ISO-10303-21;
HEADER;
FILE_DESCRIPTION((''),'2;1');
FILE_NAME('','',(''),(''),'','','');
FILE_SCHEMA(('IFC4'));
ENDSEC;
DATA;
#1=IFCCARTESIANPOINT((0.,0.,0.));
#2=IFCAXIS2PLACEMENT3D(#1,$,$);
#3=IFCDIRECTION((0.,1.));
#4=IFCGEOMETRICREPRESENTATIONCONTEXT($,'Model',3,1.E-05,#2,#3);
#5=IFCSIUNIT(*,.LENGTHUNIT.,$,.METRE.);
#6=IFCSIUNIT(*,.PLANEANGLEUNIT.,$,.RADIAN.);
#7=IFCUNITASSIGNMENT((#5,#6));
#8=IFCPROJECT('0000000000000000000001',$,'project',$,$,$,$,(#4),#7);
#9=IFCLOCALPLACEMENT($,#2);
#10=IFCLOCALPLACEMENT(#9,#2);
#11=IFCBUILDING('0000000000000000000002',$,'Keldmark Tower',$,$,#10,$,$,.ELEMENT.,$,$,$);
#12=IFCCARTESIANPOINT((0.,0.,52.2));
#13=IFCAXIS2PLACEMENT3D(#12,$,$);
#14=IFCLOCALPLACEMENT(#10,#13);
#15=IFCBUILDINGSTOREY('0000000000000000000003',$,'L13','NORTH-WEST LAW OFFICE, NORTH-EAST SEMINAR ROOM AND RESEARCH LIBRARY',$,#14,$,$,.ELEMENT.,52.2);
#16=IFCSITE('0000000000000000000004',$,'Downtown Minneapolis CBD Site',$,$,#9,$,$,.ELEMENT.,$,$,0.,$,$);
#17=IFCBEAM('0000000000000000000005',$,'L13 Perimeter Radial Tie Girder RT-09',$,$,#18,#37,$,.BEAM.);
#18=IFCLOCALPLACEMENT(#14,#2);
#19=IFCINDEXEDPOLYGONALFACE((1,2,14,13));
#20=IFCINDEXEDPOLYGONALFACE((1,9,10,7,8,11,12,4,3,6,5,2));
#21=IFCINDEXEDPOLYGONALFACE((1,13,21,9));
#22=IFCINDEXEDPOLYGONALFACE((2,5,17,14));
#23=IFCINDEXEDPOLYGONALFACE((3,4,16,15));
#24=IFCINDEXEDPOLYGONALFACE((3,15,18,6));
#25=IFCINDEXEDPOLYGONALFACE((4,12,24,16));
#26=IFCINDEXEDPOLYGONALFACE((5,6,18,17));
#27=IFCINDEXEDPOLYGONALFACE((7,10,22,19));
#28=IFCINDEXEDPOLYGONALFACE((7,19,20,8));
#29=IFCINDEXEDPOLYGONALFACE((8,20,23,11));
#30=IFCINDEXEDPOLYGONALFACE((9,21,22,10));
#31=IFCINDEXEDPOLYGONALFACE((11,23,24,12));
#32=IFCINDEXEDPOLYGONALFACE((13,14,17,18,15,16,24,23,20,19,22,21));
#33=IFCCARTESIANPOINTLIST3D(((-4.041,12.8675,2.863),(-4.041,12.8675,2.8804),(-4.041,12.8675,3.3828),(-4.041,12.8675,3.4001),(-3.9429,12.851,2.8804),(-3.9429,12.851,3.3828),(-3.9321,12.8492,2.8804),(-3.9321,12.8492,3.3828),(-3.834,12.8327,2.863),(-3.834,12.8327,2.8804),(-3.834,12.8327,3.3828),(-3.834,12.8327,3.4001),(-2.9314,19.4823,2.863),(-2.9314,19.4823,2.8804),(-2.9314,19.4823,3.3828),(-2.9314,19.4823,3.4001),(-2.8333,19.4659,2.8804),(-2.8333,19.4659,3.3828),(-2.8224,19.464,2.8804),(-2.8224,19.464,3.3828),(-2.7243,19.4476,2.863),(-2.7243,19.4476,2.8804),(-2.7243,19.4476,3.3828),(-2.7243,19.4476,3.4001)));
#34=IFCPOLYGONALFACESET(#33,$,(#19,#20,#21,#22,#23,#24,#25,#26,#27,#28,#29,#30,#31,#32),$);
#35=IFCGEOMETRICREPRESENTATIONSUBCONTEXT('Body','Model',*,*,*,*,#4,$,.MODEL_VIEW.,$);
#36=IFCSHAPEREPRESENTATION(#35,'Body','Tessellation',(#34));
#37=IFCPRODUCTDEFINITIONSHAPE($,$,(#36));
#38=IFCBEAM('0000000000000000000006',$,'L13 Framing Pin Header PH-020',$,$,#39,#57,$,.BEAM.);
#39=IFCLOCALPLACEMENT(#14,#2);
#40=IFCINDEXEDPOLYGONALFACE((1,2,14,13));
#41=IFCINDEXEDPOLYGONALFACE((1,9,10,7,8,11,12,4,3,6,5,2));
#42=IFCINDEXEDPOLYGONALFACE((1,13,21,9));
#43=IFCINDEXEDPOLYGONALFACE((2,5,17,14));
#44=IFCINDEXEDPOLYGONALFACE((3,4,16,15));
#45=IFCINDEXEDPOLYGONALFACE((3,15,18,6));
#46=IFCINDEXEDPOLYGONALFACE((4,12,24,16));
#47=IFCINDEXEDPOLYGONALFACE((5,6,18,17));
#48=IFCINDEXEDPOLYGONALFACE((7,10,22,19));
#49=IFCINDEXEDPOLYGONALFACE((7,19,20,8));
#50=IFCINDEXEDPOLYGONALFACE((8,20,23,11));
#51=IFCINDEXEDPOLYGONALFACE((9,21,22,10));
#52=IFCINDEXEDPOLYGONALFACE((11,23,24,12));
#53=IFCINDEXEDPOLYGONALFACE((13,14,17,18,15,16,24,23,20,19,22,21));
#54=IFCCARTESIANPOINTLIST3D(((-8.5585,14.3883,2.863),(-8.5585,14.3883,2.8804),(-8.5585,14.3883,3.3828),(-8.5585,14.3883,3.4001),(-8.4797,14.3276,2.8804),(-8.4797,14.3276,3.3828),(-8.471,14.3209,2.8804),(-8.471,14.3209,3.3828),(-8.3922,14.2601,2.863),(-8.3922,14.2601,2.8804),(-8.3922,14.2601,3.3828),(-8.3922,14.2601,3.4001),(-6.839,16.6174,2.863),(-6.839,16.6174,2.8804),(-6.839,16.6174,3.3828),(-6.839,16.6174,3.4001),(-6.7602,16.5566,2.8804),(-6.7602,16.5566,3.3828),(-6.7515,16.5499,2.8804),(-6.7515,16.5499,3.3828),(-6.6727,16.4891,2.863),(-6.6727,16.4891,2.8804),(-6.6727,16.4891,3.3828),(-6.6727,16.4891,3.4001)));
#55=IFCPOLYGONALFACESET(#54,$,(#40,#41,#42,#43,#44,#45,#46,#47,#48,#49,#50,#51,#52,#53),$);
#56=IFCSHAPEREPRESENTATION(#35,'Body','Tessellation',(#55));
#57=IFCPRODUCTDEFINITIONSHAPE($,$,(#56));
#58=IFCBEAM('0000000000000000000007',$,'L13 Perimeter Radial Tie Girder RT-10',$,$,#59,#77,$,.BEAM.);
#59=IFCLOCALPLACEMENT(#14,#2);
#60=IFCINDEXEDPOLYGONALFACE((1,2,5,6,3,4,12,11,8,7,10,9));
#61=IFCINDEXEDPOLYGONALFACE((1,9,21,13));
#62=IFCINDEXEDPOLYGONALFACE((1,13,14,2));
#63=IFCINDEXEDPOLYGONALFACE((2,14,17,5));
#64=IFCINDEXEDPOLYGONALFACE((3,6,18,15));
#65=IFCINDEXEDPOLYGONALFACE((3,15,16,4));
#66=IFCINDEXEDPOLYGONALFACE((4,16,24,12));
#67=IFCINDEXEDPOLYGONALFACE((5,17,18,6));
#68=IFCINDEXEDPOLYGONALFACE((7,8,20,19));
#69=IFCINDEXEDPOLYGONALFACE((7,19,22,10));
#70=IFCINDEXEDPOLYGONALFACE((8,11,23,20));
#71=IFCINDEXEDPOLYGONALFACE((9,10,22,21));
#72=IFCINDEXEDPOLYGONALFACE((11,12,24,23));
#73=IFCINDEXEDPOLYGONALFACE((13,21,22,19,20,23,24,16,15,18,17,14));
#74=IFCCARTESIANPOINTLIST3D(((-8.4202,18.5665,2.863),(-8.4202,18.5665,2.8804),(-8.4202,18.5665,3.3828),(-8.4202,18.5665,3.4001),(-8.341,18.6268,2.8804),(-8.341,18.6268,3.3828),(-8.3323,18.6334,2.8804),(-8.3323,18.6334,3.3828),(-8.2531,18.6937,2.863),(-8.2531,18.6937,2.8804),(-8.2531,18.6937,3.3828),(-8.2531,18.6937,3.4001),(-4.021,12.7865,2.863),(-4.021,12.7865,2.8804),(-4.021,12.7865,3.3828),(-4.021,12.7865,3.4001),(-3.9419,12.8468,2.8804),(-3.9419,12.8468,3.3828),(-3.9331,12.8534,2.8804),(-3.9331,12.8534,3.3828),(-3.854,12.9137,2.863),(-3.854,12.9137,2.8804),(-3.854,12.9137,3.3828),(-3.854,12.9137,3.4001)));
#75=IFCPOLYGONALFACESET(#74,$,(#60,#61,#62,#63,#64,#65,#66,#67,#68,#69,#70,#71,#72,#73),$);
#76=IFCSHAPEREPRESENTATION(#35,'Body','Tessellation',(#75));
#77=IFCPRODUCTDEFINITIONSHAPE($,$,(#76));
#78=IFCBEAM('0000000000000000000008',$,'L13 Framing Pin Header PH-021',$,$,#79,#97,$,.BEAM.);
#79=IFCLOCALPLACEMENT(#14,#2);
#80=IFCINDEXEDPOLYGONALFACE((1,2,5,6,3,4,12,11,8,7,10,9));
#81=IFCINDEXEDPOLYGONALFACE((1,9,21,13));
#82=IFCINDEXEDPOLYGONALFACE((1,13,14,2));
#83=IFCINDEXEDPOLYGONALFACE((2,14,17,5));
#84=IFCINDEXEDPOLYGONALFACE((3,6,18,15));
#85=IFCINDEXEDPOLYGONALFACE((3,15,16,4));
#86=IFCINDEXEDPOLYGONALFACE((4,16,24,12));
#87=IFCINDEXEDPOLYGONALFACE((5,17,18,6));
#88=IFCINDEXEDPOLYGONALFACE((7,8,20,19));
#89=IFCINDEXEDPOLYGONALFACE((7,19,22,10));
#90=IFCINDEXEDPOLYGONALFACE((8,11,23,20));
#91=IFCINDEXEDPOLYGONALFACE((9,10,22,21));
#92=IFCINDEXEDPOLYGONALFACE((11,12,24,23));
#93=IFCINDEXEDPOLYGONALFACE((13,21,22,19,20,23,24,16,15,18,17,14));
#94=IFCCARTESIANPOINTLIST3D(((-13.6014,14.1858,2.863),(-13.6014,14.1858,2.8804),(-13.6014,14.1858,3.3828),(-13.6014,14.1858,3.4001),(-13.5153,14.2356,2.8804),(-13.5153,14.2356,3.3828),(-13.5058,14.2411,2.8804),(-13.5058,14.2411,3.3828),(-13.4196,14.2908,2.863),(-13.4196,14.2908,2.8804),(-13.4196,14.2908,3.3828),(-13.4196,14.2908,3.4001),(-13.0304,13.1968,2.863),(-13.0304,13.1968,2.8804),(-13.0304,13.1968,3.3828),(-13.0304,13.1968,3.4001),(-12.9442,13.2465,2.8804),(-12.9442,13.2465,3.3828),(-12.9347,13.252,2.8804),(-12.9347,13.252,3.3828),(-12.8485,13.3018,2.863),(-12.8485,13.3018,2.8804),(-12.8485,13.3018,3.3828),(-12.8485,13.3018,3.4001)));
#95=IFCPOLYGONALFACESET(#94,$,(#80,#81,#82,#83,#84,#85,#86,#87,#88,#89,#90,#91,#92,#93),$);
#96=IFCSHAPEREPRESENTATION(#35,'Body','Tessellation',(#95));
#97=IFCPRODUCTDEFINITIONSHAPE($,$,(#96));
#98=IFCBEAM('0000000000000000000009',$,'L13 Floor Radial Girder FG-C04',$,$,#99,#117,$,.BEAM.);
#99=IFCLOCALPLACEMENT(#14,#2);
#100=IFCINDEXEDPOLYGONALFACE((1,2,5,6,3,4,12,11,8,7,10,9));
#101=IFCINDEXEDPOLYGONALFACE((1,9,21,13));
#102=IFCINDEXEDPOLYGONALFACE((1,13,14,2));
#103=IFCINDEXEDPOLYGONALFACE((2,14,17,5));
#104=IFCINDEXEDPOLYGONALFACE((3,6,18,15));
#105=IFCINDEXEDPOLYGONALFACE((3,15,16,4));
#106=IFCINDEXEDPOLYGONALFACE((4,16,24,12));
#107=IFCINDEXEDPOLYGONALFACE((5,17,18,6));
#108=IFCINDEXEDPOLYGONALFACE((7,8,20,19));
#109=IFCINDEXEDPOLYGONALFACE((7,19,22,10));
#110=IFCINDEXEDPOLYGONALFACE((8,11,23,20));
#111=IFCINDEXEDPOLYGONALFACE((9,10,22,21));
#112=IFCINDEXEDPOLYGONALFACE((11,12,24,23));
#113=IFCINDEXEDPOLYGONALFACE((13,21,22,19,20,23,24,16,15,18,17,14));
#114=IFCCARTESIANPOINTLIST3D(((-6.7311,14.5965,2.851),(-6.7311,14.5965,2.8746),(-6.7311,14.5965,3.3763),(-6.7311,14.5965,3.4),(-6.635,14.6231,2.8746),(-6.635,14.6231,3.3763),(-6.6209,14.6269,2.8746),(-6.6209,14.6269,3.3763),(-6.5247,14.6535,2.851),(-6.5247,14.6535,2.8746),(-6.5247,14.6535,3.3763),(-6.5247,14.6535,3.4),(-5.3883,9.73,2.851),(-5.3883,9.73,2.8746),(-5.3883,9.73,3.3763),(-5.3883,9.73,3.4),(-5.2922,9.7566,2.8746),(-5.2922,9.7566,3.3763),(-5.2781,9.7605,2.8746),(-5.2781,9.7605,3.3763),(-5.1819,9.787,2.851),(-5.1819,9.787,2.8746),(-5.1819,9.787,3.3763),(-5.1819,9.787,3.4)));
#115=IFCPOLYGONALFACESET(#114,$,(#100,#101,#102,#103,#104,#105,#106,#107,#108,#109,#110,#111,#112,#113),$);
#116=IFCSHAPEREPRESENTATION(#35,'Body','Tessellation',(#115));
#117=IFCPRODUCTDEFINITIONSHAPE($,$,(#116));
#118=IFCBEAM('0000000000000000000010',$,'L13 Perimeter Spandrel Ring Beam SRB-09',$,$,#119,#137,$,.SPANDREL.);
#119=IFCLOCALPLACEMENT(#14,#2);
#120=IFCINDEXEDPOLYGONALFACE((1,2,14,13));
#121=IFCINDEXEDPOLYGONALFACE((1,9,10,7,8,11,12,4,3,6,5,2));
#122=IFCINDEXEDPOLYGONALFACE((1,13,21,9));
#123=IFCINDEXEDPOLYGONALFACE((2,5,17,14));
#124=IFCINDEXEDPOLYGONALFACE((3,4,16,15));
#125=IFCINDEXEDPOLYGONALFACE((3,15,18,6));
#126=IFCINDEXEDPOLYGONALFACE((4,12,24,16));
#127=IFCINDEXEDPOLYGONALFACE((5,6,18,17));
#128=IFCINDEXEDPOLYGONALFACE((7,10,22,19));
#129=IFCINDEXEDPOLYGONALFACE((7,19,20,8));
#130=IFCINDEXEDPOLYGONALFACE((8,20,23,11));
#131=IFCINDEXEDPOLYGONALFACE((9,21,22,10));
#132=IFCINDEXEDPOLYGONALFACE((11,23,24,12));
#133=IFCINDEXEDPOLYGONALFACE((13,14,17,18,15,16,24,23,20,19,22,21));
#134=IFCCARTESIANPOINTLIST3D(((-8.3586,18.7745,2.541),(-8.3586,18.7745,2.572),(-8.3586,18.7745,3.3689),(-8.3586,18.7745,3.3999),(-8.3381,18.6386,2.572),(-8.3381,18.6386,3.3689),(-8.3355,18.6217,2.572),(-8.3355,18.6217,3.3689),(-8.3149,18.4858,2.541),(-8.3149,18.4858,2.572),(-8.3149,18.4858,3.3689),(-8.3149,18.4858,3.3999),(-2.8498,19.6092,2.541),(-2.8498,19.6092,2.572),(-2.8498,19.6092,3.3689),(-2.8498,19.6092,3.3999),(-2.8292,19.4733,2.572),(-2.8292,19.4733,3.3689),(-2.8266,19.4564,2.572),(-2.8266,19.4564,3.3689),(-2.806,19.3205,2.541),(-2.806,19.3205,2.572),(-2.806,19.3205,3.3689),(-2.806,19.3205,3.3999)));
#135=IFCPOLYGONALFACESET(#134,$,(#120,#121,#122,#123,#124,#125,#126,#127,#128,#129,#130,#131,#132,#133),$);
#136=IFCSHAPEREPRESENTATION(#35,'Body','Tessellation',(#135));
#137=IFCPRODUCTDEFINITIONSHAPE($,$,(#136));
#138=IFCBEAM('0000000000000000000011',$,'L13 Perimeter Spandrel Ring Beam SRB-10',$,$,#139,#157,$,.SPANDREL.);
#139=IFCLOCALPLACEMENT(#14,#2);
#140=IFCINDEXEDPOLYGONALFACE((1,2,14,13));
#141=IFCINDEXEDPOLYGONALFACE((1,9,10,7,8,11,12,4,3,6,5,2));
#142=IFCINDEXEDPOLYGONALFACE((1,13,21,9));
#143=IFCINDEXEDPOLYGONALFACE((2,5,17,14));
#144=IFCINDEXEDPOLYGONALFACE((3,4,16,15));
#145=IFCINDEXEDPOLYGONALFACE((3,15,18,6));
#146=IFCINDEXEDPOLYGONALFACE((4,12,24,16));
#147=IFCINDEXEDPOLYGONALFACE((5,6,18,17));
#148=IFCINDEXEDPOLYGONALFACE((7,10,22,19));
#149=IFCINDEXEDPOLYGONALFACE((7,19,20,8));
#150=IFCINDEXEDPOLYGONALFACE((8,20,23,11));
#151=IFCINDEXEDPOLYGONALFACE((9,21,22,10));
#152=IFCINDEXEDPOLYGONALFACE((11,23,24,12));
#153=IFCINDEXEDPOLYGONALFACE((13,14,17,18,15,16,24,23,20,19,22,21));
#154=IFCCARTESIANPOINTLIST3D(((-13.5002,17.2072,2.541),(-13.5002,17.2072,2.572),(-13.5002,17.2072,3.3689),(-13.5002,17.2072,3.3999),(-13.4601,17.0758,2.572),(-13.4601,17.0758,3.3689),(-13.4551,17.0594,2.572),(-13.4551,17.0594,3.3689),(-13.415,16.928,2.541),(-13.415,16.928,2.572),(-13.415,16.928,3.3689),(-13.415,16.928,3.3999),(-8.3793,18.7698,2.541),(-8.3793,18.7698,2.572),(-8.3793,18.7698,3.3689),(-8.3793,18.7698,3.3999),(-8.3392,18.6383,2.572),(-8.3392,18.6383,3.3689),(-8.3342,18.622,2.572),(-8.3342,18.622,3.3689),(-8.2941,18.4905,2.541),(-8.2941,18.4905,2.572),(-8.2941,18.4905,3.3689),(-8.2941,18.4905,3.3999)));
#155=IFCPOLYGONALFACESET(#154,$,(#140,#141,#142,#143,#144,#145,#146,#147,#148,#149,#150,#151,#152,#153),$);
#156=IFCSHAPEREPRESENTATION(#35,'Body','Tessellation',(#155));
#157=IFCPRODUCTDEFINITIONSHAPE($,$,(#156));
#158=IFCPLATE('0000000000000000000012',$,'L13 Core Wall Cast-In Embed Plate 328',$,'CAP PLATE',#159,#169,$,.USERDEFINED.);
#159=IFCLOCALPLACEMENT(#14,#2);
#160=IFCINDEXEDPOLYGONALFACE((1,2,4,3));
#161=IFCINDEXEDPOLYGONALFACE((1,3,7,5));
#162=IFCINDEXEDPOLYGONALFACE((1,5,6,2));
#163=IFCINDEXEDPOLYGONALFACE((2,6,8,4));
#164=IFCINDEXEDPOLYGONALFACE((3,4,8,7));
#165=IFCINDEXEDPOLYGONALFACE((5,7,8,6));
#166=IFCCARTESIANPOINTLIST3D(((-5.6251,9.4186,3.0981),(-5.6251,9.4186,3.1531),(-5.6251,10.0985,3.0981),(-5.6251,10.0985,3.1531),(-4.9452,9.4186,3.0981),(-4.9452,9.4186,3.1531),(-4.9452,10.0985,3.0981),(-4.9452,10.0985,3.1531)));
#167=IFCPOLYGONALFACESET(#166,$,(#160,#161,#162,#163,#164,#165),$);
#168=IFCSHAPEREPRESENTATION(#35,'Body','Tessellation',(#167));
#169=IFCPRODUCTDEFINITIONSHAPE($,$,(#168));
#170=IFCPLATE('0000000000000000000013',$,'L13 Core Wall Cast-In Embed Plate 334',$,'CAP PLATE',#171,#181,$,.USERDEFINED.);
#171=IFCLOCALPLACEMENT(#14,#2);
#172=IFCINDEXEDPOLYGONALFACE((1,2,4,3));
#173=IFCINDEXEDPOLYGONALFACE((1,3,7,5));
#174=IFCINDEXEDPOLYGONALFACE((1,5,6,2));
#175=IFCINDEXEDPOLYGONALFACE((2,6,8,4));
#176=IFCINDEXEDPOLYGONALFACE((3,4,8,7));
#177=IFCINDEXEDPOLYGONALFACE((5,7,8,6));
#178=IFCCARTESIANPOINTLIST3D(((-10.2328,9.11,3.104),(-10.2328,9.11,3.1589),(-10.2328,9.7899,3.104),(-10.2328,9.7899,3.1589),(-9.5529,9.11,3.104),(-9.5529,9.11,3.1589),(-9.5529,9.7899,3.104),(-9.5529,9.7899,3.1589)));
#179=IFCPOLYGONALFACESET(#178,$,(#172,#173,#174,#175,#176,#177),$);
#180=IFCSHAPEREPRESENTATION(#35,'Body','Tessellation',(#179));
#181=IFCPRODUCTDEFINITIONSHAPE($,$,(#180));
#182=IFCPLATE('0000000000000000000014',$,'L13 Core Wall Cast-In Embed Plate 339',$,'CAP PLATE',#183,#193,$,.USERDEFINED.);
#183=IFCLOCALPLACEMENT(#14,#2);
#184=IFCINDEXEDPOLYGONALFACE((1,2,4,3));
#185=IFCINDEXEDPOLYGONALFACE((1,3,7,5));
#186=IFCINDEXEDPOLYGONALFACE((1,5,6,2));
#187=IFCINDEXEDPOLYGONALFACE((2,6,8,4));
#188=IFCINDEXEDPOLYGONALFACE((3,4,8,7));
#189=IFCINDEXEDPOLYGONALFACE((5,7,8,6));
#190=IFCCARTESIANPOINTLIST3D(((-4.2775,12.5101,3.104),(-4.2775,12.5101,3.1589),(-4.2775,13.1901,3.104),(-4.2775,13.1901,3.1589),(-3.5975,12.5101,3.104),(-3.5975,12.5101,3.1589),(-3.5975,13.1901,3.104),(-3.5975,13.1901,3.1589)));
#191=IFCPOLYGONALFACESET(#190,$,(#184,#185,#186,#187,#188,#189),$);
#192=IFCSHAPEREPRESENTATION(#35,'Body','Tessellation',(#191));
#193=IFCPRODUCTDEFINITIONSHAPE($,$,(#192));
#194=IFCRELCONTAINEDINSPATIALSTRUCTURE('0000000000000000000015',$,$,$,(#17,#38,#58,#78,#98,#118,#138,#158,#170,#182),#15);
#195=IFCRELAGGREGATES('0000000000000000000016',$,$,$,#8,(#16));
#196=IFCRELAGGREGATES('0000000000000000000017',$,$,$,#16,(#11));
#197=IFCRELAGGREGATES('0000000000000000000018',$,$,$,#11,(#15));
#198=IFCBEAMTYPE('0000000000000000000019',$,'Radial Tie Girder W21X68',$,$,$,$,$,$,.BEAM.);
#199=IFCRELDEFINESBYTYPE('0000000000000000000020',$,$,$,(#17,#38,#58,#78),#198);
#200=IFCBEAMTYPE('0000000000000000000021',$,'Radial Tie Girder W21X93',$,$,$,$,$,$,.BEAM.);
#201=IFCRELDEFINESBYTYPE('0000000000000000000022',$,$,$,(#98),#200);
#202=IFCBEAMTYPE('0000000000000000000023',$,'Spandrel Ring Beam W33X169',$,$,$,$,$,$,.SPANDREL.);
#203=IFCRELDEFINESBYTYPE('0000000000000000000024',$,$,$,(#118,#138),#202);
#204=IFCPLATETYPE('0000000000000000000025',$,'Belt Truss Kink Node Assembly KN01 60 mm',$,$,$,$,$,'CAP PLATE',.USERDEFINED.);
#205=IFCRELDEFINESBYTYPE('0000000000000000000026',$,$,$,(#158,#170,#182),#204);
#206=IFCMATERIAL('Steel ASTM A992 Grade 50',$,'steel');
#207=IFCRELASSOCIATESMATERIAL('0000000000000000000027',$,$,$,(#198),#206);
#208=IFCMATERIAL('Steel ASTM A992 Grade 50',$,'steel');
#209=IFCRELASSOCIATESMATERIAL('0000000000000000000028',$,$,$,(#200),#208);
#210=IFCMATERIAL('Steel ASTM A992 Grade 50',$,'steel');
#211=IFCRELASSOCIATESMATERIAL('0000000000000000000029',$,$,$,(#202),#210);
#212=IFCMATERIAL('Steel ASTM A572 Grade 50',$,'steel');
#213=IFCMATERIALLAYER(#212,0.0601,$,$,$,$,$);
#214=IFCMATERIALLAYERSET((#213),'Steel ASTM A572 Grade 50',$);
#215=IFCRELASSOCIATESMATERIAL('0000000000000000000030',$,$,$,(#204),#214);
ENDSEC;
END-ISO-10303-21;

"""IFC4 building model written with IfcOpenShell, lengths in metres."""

from ifc_helpers import new_model, si_unit, direction, frame, origin, origin_2d, place, context, subcontext, project, spatial, rectangle, i_section, extrude, material, layer, layer_set, material_profile, profile_set, type_object, element, save


model = new_model("IFC4")

# Units and contexts
model_context = context("Model", 3, precision=1e-05, world=origin(), true_north=direction((0.0, 1.0)))
body_context = subcontext(model_context, "Body", "Model", "MODEL_VIEW")
ifc_project = project(units=[si_unit("LENGTHUNIT", "METRE"), si_unit("PLANEANGLEUNIT", "RADIAN")], contexts=[model_context])

# Site, building, storey
site_placement = place(None, origin())
site = spatial("IfcSite", under=ifc_project, at=site_placement, Name="Downtown Minneapolis CBD Site", CompositionType="ELEMENT", RefElevation=0.0)
building_placement = place(site_placement, origin())
building = spatial("IfcBuilding", under=site, at=building_placement, Name="Keldmark Tower", CompositionType="ELEMENT")
storey_placement = place(building_placement, frame((0.0, 0.0, 52.2)))
storey = spatial("IfcBuildingStorey", under=building, at=storey_placement, Name="L13", Description="NORTH-WEST LAW OFFICE, NORTH-EAST SEMINAR ROOM AND RESEARCH LIBRARY", CompositionType="ELEMENT", Elevation=52.2)

# Beams
ifc_material_1 = material(Name="Steel ASTM A992 Grade 50", Category="steel")
ifc_material_profile_1 = material_profile(ifc_material_1, i_section(OverallWidth=0.21, OverallDepth=0.5371, WebThickness=0.011, FlangeThickness=0.0173, at=origin_2d()), Name="W21X68")
ifc_profile_set_1 = profile_set([ifc_material_profile_1], Name="Steel ASTM A992 Grade 50")
beam_type_1 = type_object("IfcBeamType", Name="Radial Tie Girder W21X68", PredefinedType="BEAM", material=ifc_profile_set_1)
beam_1_placement = place(storey_placement, frame((-3.9375, 12.8501, 3.1316), z_axis=(0.165438, 0.98622, 0.0), x_axis=(-0.98622, 0.165438, 0.0)))
element("IfcBeam", 1, at=beam_1_placement, inside=storey, type_object=beam_type_1, Name="L13 Perimeter Radial Tie Girder RT-09", PredefinedType="BEAM", context=body_context, shape_type="SweptSolid", body=[
    extrude(i_section(OverallWidth=0.21, OverallDepth=0.5371, WebThickness=0.011, FlangeThickness=0.0173, at=origin_2d()), origin(), (0.0, 0.0, 1.0), 6.7073),
])
beam_2_placement = place(storey_placement, frame((-8.4753, 14.3242, 3.1316), z_axis=(0.610796, 0.791788, 0.0), x_axis=(-0.791788, 0.610796, 0.0)))
element("IfcBeam", 2, at=beam_2_placement, inside=storey, type_object=beam_type_1, Name="L13 Framing Pin Header PH-020", PredefinedType="BEAM", context=body_context, shape_type="SweptSolid", body=[
    extrude(i_section(OverallWidth=0.21, OverallDepth=0.5371, WebThickness=0.011, FlangeThickness=0.0173, at=origin_2d()), origin(), (0.0, 0.0, 1.0), 2.8152),
])
beam_3_placement = place(storey_placement, frame((-3.9375, 12.8501, 3.1316), z_axis=(-0.605637, 0.795741, 0.0), x_axis=(-0.795741, -0.605637, 0.0)))
element("IfcBeam", 3, at=beam_3_placement, inside=storey, type_object=beam_type_1, Name="L13 Perimeter Radial Tie Girder RT-10", PredefinedType="BEAM", context=body_context, shape_type="SweptSolid", body=[
    extrude(i_section(OverallWidth=0.21, OverallDepth=0.5371, WebThickness=0.011, FlangeThickness=0.0173, at=origin_2d()), origin(), (0.0, 0.0, 1.0), 7.2637),
])
beam_4_placement = place(storey_placement, frame((-12.9395, 13.2493, 3.1316), z_axis=(-0.500025, 0.866011, 0.0), x_axis=(-0.866011, -0.500025, 0.0)))
element("IfcBeam", 4, at=beam_4_placement, inside=storey, type_object=beam_type_1, Name="L13 Framing Pin Header PH-021", PredefinedType="BEAM", context=body_context, shape_type="SweptSolid", body=[
    extrude(i_section(OverallWidth=0.21, OverallDepth=0.5371, WebThickness=0.011, FlangeThickness=0.0173, at=origin_2d()), origin(), (0.0, 0.0, 1.0), 1.1421),
])
ifc_material_2 = material(Name="Steel ASTM A992 Grade 50", Category="steel")
ifc_material_profile_2 = material_profile(ifc_material_2, i_section(OverallWidth=0.2141, OverallDepth=0.5491, WebThickness=0.0146, FlangeThickness=0.0237, at=origin_2d()), Name="W21X93")
ifc_profile_set_2 = profile_set([ifc_material_profile_2], Name="Steel ASTM A992 Grade 50")
beam_type_2 = type_object("IfcBeamType", Name="Radial Tie Girder W21X93", PredefinedType="BEAM", material=ifc_profile_set_2)
beam_5_placement = place(storey_placement, frame((-6.6279, 14.625, 3.1255), z_axis=(0.265985, -0.963977, 0.0), x_axis=(0.963977, 0.265985, 0.0)))
element("IfcBeam", 5, at=beam_5_placement, inside=storey, type_object=beam_type_2, Name="L13 Floor Radial Girder FG-C04", PredefinedType="BEAM", context=body_context, shape_type="SweptSolid", body=[
    extrude(i_section(OverallWidth=0.2141, OverallDepth=0.5491, WebThickness=0.0146, FlangeThickness=0.0237, at=origin_2d()), origin(), (0.0, 0.0, 1.0), 5.0483),
])
ifc_material_3 = material(Name="Steel ASTM A992 Grade 50", Category="steel")
ifc_material_profile_3 = material_profile(ifc_material_3, i_section(OverallWidth=0.292, OverallDepth=0.8589, WebThickness=0.0171, FlangeThickness=0.031, at=origin_2d()), Name="W33X169")
ifc_profile_set_3 = profile_set([ifc_material_profile_3], Name="Steel ASTM A992 Grade 50")
beam_type_3 = type_object("IfcBeamType", Name="Spandrel Ring Beam W33X169", PredefinedType="SPANDREL", material=ifc_profile_set_3)
beam_6_placement = place(storey_placement, frame((-2.8279, 19.4648, 2.9705), z_axis=(-0.988714, -0.149814, 0.0), x_axis=(0.149814, -0.988714, 0.0)))
element("IfcBeam", 6, at=beam_6_placement, inside=storey, type_object=beam_type_3, Name="L13 Perimeter Spandrel Ring Beam SRB-09", PredefinedType="SPANDREL", context=body_context, shape_type="SweptSolid", body=[
    extrude(i_section(OverallWidth=0.292, OverallDepth=0.8589, WebThickness=0.0171, FlangeThickness=0.031, at=origin_2d()), origin(), (0.0, 0.0, 1.0), 5.5718),
])
beam_7_placement = place(storey_placement, frame((-8.3367, 18.6301, 2.9705), z_axis=(-0.956467, -0.291842, 0.0), x_axis=(0.291842, -0.956467, 0.0)))
element("IfcBeam", 7, at=beam_7_placement, inside=storey, type_object=beam_type_3, Name="L13 Perimeter Spandrel Ring Beam SRB-10", PredefinedType="SPANDREL", context=body_context, shape_type="SweptSolid", body=[
    extrude(i_section(OverallWidth=0.292, OverallDepth=0.8589, WebThickness=0.0171, FlangeThickness=0.031, at=origin_2d()), origin(), (0.0, 0.0, 1.0), 5.354),
])

# Plates
ifc_material_4 = material(Name="Steel ASTM A572 Grade 50", Category="steel")
ifc_layer_1 = layer(ifc_material_4, 0.0601)
ifc_layer_set_1 = layer_set([ifc_layer_1], Name="Steel ASTM A572 Grade 50")
plate_type_1 = type_object("IfcPlateType", Name="Belt Truss Kink Node Assembly KN01 60 mm", ElementType="CAP PLATE", PredefinedType="USERDEFINED", material=ifc_layer_set_1)
for number, where, z_axis, x_axis, name in (
    (8, (-5.2852, 9.7585, 3.0981), (0.0, 0.0, 1.0), (1.0, 0.0, 0.0), "L13 Core Wall Cast-In Embed Plate 328"),
    (9, (-9.8928, 9.45, 3.104), (0.0, 0.0, 1.0), (1.0, 0.0, 0.0), "L13 Core Wall Cast-In Embed Plate 334"),
    (10, (-3.9375, 12.8501, 3.104), (0.0, 0.0, 1.0), (1.0, 0.0, 0.0), "L13 Core Wall Cast-In Embed Plate 339"),
):
    element("IfcPlate", number, at=place(storey_placement, frame(where, z_axis=z_axis, x_axis=x_axis)), inside=storey, type_object=plate_type_1, Name=name, ObjectType="CAP PLATE", PredefinedType="USERDEFINED", context=body_context, shape_type="SweptSolid", body=[
        extrude(rectangle(XDim=0.6799, YDim=0.6799, at=origin_2d()), origin(), (0.0, 0.0, 1.0), 0.0549),
    ])

save(model, "model.ifc")
